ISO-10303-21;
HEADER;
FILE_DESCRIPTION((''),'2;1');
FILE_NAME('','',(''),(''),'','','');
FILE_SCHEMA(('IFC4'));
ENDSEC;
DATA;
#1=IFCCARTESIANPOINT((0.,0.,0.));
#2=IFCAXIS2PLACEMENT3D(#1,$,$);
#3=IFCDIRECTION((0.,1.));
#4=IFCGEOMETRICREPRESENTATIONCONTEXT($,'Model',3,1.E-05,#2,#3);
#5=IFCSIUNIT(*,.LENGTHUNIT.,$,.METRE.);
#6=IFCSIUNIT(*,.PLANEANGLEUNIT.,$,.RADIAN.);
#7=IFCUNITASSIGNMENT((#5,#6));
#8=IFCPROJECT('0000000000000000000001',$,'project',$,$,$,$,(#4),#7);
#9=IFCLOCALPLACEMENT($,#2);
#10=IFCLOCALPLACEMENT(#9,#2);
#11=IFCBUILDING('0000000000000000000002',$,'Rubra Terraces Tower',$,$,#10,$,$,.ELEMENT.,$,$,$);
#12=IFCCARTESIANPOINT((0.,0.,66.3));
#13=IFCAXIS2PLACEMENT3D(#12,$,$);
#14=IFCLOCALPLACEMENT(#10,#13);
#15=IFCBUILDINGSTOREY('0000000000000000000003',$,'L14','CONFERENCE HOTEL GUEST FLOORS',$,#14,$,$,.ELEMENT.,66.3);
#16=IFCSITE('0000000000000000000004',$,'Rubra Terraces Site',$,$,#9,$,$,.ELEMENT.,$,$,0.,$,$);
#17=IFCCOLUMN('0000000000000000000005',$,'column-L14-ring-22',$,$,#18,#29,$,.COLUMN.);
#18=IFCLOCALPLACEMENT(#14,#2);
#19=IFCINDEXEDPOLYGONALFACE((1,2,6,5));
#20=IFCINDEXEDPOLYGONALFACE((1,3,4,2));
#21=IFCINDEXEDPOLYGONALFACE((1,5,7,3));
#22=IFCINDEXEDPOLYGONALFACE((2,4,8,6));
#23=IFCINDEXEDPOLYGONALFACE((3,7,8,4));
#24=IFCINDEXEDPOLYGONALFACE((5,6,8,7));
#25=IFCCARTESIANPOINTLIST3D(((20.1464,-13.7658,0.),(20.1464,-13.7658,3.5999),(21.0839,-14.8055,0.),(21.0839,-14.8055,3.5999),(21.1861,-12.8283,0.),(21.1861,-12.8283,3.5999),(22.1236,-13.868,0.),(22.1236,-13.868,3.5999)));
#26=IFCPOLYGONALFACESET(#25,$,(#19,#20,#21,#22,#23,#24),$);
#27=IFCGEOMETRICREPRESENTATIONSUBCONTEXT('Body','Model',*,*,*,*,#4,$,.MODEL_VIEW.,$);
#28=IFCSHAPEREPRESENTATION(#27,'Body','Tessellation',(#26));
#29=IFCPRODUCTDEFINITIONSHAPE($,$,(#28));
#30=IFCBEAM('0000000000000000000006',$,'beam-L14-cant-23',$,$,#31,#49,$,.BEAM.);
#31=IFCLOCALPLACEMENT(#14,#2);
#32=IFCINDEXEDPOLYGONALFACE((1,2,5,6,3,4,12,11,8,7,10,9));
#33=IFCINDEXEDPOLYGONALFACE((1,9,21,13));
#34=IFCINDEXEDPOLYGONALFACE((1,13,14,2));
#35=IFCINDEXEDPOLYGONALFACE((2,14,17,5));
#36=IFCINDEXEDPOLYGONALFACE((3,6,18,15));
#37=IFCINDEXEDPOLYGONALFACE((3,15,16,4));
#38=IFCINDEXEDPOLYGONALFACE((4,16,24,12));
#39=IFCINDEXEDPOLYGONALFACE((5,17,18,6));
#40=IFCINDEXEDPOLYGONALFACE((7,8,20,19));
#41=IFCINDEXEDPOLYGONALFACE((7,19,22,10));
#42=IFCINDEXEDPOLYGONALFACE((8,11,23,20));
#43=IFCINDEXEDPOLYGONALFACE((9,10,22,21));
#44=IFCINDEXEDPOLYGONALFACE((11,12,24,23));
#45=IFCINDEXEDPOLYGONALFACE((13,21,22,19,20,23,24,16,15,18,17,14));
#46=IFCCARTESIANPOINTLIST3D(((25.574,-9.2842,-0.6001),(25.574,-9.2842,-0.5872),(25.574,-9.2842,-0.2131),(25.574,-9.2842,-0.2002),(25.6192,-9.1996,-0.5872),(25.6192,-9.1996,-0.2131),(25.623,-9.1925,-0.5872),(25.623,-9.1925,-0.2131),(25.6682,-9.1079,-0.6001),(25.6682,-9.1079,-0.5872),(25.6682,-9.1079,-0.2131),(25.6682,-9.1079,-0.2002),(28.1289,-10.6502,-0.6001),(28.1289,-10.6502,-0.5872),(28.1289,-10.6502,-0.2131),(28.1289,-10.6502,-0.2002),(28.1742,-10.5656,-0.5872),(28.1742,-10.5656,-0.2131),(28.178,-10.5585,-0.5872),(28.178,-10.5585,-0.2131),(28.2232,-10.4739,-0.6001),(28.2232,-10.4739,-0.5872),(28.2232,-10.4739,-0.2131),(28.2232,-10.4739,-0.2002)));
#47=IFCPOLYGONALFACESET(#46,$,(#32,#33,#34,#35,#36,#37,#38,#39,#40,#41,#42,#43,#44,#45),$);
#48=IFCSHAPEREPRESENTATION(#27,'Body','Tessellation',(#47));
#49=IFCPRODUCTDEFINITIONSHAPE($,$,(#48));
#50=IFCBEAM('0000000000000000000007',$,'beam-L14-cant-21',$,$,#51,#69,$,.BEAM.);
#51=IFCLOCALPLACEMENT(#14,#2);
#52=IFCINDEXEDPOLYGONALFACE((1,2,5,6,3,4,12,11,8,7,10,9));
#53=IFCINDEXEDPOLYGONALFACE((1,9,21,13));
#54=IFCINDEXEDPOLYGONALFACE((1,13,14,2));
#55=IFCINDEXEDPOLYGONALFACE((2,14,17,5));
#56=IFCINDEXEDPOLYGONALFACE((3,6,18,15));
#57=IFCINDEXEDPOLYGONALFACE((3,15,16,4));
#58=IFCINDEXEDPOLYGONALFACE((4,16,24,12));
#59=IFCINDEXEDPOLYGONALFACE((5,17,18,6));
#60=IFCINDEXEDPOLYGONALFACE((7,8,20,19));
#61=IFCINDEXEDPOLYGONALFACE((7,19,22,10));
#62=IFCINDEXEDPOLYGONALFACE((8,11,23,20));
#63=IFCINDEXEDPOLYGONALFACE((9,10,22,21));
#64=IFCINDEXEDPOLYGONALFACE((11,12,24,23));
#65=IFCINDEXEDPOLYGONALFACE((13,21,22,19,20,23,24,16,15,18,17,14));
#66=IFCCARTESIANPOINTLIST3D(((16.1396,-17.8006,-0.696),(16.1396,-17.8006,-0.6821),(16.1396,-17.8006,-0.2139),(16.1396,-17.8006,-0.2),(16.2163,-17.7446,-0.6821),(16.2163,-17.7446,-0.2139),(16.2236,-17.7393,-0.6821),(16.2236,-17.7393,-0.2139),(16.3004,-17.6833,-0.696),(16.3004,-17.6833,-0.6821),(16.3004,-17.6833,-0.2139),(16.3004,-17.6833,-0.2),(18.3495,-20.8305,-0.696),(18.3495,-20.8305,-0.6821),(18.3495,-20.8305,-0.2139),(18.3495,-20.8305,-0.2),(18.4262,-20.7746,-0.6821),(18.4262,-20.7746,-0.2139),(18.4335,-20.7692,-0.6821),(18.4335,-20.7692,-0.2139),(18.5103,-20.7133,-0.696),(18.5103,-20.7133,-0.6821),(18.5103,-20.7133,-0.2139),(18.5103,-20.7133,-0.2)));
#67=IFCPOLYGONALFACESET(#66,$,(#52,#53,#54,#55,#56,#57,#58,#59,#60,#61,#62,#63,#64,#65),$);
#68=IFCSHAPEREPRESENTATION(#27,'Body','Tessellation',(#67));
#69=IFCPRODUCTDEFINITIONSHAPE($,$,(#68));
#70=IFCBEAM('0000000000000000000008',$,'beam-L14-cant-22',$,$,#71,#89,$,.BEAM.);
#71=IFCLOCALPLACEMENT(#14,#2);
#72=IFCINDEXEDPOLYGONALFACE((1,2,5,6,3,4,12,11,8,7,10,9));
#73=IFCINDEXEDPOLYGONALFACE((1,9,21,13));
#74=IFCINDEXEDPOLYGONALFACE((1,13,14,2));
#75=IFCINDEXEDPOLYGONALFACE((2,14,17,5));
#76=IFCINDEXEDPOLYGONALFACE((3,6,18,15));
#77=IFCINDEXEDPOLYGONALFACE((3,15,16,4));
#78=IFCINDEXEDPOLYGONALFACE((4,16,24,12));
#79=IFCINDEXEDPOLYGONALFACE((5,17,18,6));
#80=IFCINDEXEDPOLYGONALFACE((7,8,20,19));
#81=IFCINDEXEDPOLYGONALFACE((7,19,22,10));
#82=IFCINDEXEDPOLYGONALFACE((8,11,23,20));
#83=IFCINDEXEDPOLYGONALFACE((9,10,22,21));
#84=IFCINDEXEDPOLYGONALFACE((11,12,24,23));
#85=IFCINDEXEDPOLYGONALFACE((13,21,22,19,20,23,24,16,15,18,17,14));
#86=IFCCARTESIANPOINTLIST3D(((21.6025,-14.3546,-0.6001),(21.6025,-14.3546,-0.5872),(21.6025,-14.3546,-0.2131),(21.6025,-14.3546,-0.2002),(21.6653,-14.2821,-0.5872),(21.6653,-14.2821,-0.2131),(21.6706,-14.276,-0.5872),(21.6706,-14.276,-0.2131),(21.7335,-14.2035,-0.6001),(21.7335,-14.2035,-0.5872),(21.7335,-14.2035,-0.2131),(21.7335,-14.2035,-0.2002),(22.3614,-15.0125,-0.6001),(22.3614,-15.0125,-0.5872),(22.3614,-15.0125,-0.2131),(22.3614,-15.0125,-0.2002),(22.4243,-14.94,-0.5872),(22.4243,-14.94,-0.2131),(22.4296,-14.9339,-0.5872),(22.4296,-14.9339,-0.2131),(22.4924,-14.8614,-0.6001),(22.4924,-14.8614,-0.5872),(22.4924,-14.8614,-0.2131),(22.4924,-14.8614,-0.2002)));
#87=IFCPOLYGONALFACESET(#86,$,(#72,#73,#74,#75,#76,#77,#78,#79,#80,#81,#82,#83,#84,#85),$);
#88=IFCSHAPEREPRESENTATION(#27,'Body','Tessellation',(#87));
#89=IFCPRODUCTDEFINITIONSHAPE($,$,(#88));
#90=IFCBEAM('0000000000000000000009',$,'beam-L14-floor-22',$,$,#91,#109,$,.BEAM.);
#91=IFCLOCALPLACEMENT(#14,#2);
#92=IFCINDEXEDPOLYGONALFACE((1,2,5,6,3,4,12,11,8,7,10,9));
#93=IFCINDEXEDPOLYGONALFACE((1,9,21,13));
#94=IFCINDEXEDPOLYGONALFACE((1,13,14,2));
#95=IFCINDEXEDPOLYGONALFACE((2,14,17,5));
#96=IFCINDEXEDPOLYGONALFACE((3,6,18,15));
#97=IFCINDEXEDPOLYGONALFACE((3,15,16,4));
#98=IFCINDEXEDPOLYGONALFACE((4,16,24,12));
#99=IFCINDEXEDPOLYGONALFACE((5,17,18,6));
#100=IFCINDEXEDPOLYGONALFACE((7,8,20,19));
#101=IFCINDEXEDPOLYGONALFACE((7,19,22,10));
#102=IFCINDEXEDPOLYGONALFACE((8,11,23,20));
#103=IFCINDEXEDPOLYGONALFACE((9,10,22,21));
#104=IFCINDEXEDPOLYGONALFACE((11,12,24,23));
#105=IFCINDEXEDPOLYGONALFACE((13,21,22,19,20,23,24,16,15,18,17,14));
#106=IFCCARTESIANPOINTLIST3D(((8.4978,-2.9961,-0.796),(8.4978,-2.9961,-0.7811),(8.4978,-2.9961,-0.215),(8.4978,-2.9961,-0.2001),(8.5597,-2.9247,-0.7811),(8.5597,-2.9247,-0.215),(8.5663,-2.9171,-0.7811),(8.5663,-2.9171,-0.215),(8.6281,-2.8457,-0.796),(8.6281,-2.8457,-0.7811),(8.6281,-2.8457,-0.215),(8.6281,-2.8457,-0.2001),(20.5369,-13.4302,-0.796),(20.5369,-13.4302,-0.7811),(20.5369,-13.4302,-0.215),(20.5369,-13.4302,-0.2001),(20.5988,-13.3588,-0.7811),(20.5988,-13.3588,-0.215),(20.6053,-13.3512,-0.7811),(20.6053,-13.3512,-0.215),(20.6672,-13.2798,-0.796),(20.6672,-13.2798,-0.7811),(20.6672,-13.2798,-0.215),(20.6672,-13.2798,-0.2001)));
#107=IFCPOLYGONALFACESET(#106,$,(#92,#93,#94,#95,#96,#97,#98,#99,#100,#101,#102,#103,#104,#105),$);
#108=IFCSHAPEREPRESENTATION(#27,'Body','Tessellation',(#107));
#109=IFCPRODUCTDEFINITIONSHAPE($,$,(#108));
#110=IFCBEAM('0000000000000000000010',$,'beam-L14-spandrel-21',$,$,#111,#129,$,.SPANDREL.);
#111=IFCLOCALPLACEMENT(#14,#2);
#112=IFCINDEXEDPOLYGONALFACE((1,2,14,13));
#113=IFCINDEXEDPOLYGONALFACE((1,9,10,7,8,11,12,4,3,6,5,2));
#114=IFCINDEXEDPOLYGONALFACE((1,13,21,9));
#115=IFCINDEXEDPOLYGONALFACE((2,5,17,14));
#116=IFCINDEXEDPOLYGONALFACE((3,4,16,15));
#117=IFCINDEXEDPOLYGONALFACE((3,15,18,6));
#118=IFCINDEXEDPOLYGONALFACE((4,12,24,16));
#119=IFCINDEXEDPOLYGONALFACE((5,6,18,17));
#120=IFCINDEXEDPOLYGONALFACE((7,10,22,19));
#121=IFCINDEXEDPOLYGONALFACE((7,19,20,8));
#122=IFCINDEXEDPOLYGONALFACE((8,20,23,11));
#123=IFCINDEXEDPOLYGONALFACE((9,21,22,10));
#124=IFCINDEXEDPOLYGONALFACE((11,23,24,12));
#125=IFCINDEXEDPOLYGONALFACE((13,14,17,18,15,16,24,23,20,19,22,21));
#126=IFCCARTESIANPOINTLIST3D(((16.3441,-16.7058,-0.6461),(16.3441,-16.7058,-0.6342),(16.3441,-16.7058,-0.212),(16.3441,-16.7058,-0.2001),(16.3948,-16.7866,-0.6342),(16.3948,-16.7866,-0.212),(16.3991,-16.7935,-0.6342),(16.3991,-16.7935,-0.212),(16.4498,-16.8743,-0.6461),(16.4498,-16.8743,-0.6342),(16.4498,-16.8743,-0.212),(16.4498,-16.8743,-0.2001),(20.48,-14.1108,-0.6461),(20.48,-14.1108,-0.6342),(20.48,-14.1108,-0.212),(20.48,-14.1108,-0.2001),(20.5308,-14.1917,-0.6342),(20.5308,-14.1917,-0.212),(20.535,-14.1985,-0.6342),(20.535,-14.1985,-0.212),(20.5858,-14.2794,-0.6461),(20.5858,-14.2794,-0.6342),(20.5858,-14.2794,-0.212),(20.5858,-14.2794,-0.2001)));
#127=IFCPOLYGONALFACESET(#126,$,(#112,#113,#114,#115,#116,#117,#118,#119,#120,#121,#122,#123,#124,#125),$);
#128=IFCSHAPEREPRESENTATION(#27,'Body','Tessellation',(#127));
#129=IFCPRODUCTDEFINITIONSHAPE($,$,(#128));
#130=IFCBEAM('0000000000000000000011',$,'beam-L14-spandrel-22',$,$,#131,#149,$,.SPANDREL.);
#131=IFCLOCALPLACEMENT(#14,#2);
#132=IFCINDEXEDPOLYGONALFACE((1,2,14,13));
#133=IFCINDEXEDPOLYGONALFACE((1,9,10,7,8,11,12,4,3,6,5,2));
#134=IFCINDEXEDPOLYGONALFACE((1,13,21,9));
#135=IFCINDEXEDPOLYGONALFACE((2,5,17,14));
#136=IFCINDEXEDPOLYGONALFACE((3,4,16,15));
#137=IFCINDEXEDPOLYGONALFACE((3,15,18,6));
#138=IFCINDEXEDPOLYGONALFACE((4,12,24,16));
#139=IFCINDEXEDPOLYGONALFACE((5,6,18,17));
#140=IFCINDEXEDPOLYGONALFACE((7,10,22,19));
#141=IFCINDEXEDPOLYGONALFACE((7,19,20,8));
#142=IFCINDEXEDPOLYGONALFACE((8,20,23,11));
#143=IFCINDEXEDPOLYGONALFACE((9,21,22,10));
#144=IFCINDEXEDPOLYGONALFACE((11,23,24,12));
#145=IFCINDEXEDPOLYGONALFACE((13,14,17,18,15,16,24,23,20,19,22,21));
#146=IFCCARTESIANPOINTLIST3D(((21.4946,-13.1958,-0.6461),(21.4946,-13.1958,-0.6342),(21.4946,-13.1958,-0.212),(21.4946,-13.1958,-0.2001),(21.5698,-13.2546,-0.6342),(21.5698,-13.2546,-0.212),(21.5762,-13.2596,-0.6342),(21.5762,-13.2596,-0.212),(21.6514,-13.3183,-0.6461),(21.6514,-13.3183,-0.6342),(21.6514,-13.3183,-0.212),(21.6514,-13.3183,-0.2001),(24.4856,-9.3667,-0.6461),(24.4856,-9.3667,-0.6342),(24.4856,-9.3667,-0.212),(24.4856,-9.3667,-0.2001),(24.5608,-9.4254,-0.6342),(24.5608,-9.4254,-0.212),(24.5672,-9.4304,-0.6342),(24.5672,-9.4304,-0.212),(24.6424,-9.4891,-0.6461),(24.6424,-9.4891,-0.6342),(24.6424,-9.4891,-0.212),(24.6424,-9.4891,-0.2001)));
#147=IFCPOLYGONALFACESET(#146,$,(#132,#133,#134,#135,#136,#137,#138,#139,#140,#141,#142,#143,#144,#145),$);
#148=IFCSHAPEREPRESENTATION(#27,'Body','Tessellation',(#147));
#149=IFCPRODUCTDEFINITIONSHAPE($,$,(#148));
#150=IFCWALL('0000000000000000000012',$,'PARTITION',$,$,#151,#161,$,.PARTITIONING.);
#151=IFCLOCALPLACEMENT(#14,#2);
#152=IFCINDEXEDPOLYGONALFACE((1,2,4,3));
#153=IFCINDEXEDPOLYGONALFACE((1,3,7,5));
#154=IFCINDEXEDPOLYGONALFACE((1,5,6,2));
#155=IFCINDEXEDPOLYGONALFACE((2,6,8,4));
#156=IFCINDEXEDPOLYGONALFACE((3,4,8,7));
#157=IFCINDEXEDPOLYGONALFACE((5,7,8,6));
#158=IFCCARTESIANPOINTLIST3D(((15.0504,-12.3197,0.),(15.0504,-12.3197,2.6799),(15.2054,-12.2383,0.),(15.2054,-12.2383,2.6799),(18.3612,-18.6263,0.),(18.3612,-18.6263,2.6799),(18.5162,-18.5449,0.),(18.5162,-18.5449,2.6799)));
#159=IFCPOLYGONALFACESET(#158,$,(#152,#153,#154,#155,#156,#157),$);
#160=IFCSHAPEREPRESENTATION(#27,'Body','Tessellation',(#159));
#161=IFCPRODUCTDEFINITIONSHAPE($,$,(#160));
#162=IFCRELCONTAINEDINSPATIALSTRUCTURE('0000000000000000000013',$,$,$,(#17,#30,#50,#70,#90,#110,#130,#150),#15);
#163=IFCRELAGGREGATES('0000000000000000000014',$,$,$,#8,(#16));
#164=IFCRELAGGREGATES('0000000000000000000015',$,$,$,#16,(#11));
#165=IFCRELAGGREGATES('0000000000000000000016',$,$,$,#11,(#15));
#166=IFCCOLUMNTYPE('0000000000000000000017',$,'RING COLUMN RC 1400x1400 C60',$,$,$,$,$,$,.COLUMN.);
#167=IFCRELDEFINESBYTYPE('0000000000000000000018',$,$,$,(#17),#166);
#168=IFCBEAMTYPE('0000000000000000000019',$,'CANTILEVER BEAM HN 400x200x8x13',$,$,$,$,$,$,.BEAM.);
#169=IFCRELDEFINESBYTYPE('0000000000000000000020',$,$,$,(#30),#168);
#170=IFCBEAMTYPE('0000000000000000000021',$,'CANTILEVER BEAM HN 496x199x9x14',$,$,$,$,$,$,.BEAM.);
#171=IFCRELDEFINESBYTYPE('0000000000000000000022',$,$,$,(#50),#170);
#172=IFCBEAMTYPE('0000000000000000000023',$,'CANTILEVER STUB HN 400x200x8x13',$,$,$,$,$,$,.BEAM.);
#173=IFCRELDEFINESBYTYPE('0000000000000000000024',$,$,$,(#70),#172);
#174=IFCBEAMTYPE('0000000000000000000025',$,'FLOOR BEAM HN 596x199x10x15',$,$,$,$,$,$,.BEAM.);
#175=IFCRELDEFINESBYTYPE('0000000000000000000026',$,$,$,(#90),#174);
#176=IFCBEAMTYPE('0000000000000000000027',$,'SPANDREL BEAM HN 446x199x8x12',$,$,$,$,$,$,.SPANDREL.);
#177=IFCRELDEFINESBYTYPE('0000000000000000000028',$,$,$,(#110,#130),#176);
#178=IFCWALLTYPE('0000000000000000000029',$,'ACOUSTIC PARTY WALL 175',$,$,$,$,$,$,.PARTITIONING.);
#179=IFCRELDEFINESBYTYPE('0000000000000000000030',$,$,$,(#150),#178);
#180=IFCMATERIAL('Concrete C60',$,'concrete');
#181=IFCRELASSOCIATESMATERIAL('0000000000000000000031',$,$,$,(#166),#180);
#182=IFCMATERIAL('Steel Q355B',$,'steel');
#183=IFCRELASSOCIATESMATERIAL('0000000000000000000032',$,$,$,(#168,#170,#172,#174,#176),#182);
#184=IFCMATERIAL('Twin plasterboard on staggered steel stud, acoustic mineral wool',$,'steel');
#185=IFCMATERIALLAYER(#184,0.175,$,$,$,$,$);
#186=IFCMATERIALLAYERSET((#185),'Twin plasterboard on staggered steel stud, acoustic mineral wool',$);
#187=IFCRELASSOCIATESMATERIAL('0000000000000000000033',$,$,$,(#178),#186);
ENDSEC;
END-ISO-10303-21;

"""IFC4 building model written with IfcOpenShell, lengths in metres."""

from ifc_helpers import new_model, si_unit, direction, frame, frame_2d, origin, origin_2d, place, context, subcontext, project, spatial, rectangle, i_section, extrude, material, layer, layer_set, material_profile, profile_set, type_object, element, save


model = new_model("IFC4")

# Units and contexts
model_context = context("Model", 3, precision=1e-05, world=origin(), true_north=direction((0.0, 1.0)))
body_context = subcontext(model_context, "Body", "Model", "MODEL_VIEW")
ifc_project = project(units=[si_unit("LENGTHUNIT", "METRE"), si_unit("PLANEANGLEUNIT", "RADIAN")], contexts=[model_context])

# Site, building, storey
site_placement = place(None, origin())
site = spatial("IfcSite", under=ifc_project, at=site_placement, Name="Rubra Terraces Site", CompositionType="ELEMENT", RefElevation=0.0)
building_placement = place(site_placement, origin())
building = spatial("IfcBuilding", under=site, at=building_placement, Name="Rubra Terraces Tower", CompositionType="ELEMENT")
storey_placement = place(building_placement, frame((0.0, 0.0, 66.3)))
storey = spatial("IfcBuildingStorey", under=building, at=storey_placement, Name="L14", Description="CONFERENCE HOTEL GUEST FLOORS", CompositionType="ELEMENT", Elevation=66.3)

# Column
ifc_material_1 = material(Name="Concrete C60", Category="concrete")
ifc_material_profile_1 = material_profile(ifc_material_1, rectangle(XDim=1.3999, YDim=1.3999, at=origin_2d()), Name="RC 1400x1400")
ifc_profile_set_1 = profile_set([ifc_material_profile_1], Name="Concrete C60")
column_type = type_object("IfcColumnType", Name="RING COLUMN RC 1400x1400 C60", PredefinedType="COLUMN", material=ifc_profile_set_1)
column_placement = place(storey_placement, frame((21.135, -13.8169, 0.0), z_axis=(0.0, 0.0, 1.0), x_axis=(0.742676, 0.669651, 0.0)))
element("IfcColumn", 1, at=column_placement, inside=storey, type_object=column_type, Name="column-L14-ring-22", PredefinedType="COLUMN", context=body_context, shape_type="SweptSolid", body=[
    extrude(rectangle(XDim=1.3999, YDim=1.3999, at=origin_2d()), origin(), (0.0, 0.0, 1.0), 3.5999),
])

# Beams
ifc_material_2 = material(Name="Steel Q355B", Category="steel")
ifc_material_profile_2 = material_profile(ifc_material_2, i_section(OverallWidth=0.2, OverallDepth=0.3999, WebThickness=0.0081, FlangeThickness=0.0129, at=origin_2d()), Name="HN 400x200x8x13")
ifc_profile_set_2 = profile_set([ifc_material_profile_2], Name="Steel Q355B")
beam_type_1 = type_object("IfcBeamType", Name="CANTILEVER BEAM HN 400x200x8x13", PredefinedType="BEAM", material=ifc_profile_set_2)
beam_1_placement = place(storey_placement, frame((25.6211, -9.196, -0.4001), z_axis=(0.881874, -0.471485, 0.0), x_axis=(0.471485, 0.881874, 0.0)))
element("IfcBeam", 2, at=beam_1_placement, inside=storey, type_object=beam_type_1, Name="beam-L14-cant-23", PredefinedType="BEAM", context=body_context, shape_type="SweptSolid", body=[
    extrude(i_section(OverallWidth=0.2, OverallDepth=0.3999, WebThickness=0.0081, FlangeThickness=0.0129, at=origin_2d()), origin(), (0.0, 0.0, 1.0), 2.8972),
])
ifc_material_profile_3 = material_profile(ifc_material_2, i_section(OverallWidth=0.199, OverallDepth=0.4961, WebThickness=0.009, FlangeThickness=0.0139, at=origin_2d()), Name="HN 496x199x9x14")
ifc_profile_set_3 = profile_set([ifc_material_profile_3], Name="Steel Q355B")
beam_type_2 = type_object("IfcBeamType", Name="CANTILEVER BEAM HN 496x199x9x14", PredefinedType="BEAM", material=ifc_profile_set_3)
beam_2_placement = place(storey_placement, frame((16.22, -17.7419, -0.448), z_axis=(0.58927, -0.807936, 0.0), x_axis=(0.807936, 0.58927, 0.0)))
element("IfcBeam", 3, at=beam_2_placement, inside=storey, type_object=beam_type_2, Name="beam-L14-cant-21", PredefinedType="BEAM", context=body_context, shape_type="SweptSolid", body=[
    extrude(i_section(OverallWidth=0.199, OverallDepth=0.4961, WebThickness=0.009, FlangeThickness=0.0139, at=origin_2d()), origin(), (0.0, 0.0, 1.0), 3.7502),
])
ifc_material_profile_4 = material_profile(ifc_material_2, i_section(OverallWidth=0.2, OverallDepth=0.3999, WebThickness=0.0081, FlangeThickness=0.0129, at=origin_2d()), Name="HN 400x200x8x13")
ifc_profile_set_4 = profile_set([ifc_material_profile_4], Name="Steel Q355B")
beam_type_3 = type_object("IfcBeamType", Name="CANTILEVER STUB HN 400x200x8x13", PredefinedType="BEAM", material=ifc_profile_set_4)
beam_3_placement = place(storey_placement, frame((21.668, -14.2791, -0.4001), z_axis=(0.755625, -0.655005, 0.0), x_axis=(0.655005, 0.755625, 0.0)))
element("IfcBeam", 4, at=beam_3_placement, inside=storey, type_object=beam_type_3, Name="beam-L14-cant-22", PredefinedType="BEAM", context=body_context, shape_type="SweptSolid", body=[
    extrude(i_section(OverallWidth=0.2, OverallDepth=0.3999, WebThickness=0.0081, FlangeThickness=0.0129, at=origin_2d()), origin(), (0.0, 0.0, 1.0), 1.0044),
])
ifc_material_profile_5 = material_profile(ifc_material_2, i_section(OverallWidth=0.199, OverallDepth=0.5959, WebThickness=0.01, FlangeThickness=0.0149, at=origin_2d()), Name="HN 596x199x10x15")
ifc_profile_set_5 = profile_set([ifc_material_profile_5], Name="Steel Q355B")
beam_type_4 = type_object("IfcBeamType", Name="FLOOR BEAM HN 596x199x10x15", PredefinedType="BEAM", material=ifc_profile_set_5)
beam_4_placement = place(storey_placement, frame((20.6021, -13.355, -0.498), z_axis=(-0.755682, 0.654939, 0.0), x_axis=(-0.654939, -0.755682, 0.0)))
element("IfcBeam", 5, at=beam_4_placement, inside=storey, type_object=beam_type_4, Name="beam-L14-floor-22", PredefinedType="BEAM", context=body_context, shape_type="SweptSolid", body=[
    extrude(i_section(OverallWidth=0.199, OverallDepth=0.5959, WebThickness=0.01, FlangeThickness=0.0149, at=origin_2d()), origin(), (0.0, 0.0, 1.0), 15.9314),
])
ifc_material_profile_6 = material_profile(ifc_material_2, i_section(OverallWidth=0.199, OverallDepth=0.446, WebThickness=0.0081, FlangeThickness=0.012, at=origin_2d()), Name="HN 446x199x8x12")
ifc_profile_set_6 = profile_set([ifc_material_profile_6], Name="Steel Q355B")
beam_type_5 = type_object("IfcBeamType", Name="SPANDREL BEAM HN 446x199x8x12", PredefinedType="SPANDREL", material=ifc_profile_set_6)
beam_5_placement = place(storey_placement, frame((16.397, -16.79, -0.4231), z_axis=(0.847078, 0.531468, 0.0), x_axis=(-0.531468, 0.847078, 0.0)))
element("IfcBeam", 6, at=beam_5_placement, inside=storey, type_object=beam_type_5, Name="beam-L14-spandrel-21", PredefinedType="SPANDREL", context=body_context, shape_type="SweptSolid", body=[
    extrude(i_section(OverallWidth=0.199, OverallDepth=0.446, WebThickness=0.0081, FlangeThickness=0.012, at=origin_2d()), origin(), (0.0, 0.0, 1.0), 4.8826),
])
beam_6_placement = place(storey_placement, frame((21.573, -13.2571, -0.4231), z_axis=(0.615578, 0.788076, 0.0), x_axis=(-0.788076, 0.615578, 0.0)))
element("IfcBeam", 7, at=beam_6_placement, inside=storey, type_object=beam_type_5, Name="beam-L14-spandrel-22", PredefinedType="SPANDREL", context=body_context, shape_type="SweptSolid", body=[
    extrude(i_section(OverallWidth=0.199, OverallDepth=0.446, WebThickness=0.0081, FlangeThickness=0.012, at=origin_2d()), origin(), (0.0, 0.0, 1.0), 4.8589),
])

# Wall
ifc_material_3 = material(Name="Twin plasterboard on staggered steel stud, acoustic mineral wool", Category="steel")
ifc_layer_1 = layer(ifc_material_3, 0.175)
ifc_layer_set_1 = layer_set([ifc_layer_1], Name="Twin plasterboard on staggered steel stud, acoustic mineral wool")
wall_type_1 = type_object("IfcWallType", Name="ACOUSTIC PARTY WALL 175", PredefinedType="PARTITIONING", material=ifc_layer_set_1)
wall_1_placement = place(storey_placement, frame((18.4387, -18.5857, 0.0), z_axis=(0.0, 0.0, 1.0), x_axis=(-0.464812, 0.885409, 0.0)))
element("IfcWall", 8, at=wall_1_placement, inside=storey, type_object=wall_type_1, Name="PARTITION", PredefinedType="PARTITIONING", context=body_context, shape_type="SweptSolid", body=[
    extrude(rectangle(XDim=7.1228, YDim=0.175, at=frame_2d((3.5615, 0.0))), origin(), (0.0, 0.0, 1.0), 2.6799),
])

save(model, "model.ifc")
